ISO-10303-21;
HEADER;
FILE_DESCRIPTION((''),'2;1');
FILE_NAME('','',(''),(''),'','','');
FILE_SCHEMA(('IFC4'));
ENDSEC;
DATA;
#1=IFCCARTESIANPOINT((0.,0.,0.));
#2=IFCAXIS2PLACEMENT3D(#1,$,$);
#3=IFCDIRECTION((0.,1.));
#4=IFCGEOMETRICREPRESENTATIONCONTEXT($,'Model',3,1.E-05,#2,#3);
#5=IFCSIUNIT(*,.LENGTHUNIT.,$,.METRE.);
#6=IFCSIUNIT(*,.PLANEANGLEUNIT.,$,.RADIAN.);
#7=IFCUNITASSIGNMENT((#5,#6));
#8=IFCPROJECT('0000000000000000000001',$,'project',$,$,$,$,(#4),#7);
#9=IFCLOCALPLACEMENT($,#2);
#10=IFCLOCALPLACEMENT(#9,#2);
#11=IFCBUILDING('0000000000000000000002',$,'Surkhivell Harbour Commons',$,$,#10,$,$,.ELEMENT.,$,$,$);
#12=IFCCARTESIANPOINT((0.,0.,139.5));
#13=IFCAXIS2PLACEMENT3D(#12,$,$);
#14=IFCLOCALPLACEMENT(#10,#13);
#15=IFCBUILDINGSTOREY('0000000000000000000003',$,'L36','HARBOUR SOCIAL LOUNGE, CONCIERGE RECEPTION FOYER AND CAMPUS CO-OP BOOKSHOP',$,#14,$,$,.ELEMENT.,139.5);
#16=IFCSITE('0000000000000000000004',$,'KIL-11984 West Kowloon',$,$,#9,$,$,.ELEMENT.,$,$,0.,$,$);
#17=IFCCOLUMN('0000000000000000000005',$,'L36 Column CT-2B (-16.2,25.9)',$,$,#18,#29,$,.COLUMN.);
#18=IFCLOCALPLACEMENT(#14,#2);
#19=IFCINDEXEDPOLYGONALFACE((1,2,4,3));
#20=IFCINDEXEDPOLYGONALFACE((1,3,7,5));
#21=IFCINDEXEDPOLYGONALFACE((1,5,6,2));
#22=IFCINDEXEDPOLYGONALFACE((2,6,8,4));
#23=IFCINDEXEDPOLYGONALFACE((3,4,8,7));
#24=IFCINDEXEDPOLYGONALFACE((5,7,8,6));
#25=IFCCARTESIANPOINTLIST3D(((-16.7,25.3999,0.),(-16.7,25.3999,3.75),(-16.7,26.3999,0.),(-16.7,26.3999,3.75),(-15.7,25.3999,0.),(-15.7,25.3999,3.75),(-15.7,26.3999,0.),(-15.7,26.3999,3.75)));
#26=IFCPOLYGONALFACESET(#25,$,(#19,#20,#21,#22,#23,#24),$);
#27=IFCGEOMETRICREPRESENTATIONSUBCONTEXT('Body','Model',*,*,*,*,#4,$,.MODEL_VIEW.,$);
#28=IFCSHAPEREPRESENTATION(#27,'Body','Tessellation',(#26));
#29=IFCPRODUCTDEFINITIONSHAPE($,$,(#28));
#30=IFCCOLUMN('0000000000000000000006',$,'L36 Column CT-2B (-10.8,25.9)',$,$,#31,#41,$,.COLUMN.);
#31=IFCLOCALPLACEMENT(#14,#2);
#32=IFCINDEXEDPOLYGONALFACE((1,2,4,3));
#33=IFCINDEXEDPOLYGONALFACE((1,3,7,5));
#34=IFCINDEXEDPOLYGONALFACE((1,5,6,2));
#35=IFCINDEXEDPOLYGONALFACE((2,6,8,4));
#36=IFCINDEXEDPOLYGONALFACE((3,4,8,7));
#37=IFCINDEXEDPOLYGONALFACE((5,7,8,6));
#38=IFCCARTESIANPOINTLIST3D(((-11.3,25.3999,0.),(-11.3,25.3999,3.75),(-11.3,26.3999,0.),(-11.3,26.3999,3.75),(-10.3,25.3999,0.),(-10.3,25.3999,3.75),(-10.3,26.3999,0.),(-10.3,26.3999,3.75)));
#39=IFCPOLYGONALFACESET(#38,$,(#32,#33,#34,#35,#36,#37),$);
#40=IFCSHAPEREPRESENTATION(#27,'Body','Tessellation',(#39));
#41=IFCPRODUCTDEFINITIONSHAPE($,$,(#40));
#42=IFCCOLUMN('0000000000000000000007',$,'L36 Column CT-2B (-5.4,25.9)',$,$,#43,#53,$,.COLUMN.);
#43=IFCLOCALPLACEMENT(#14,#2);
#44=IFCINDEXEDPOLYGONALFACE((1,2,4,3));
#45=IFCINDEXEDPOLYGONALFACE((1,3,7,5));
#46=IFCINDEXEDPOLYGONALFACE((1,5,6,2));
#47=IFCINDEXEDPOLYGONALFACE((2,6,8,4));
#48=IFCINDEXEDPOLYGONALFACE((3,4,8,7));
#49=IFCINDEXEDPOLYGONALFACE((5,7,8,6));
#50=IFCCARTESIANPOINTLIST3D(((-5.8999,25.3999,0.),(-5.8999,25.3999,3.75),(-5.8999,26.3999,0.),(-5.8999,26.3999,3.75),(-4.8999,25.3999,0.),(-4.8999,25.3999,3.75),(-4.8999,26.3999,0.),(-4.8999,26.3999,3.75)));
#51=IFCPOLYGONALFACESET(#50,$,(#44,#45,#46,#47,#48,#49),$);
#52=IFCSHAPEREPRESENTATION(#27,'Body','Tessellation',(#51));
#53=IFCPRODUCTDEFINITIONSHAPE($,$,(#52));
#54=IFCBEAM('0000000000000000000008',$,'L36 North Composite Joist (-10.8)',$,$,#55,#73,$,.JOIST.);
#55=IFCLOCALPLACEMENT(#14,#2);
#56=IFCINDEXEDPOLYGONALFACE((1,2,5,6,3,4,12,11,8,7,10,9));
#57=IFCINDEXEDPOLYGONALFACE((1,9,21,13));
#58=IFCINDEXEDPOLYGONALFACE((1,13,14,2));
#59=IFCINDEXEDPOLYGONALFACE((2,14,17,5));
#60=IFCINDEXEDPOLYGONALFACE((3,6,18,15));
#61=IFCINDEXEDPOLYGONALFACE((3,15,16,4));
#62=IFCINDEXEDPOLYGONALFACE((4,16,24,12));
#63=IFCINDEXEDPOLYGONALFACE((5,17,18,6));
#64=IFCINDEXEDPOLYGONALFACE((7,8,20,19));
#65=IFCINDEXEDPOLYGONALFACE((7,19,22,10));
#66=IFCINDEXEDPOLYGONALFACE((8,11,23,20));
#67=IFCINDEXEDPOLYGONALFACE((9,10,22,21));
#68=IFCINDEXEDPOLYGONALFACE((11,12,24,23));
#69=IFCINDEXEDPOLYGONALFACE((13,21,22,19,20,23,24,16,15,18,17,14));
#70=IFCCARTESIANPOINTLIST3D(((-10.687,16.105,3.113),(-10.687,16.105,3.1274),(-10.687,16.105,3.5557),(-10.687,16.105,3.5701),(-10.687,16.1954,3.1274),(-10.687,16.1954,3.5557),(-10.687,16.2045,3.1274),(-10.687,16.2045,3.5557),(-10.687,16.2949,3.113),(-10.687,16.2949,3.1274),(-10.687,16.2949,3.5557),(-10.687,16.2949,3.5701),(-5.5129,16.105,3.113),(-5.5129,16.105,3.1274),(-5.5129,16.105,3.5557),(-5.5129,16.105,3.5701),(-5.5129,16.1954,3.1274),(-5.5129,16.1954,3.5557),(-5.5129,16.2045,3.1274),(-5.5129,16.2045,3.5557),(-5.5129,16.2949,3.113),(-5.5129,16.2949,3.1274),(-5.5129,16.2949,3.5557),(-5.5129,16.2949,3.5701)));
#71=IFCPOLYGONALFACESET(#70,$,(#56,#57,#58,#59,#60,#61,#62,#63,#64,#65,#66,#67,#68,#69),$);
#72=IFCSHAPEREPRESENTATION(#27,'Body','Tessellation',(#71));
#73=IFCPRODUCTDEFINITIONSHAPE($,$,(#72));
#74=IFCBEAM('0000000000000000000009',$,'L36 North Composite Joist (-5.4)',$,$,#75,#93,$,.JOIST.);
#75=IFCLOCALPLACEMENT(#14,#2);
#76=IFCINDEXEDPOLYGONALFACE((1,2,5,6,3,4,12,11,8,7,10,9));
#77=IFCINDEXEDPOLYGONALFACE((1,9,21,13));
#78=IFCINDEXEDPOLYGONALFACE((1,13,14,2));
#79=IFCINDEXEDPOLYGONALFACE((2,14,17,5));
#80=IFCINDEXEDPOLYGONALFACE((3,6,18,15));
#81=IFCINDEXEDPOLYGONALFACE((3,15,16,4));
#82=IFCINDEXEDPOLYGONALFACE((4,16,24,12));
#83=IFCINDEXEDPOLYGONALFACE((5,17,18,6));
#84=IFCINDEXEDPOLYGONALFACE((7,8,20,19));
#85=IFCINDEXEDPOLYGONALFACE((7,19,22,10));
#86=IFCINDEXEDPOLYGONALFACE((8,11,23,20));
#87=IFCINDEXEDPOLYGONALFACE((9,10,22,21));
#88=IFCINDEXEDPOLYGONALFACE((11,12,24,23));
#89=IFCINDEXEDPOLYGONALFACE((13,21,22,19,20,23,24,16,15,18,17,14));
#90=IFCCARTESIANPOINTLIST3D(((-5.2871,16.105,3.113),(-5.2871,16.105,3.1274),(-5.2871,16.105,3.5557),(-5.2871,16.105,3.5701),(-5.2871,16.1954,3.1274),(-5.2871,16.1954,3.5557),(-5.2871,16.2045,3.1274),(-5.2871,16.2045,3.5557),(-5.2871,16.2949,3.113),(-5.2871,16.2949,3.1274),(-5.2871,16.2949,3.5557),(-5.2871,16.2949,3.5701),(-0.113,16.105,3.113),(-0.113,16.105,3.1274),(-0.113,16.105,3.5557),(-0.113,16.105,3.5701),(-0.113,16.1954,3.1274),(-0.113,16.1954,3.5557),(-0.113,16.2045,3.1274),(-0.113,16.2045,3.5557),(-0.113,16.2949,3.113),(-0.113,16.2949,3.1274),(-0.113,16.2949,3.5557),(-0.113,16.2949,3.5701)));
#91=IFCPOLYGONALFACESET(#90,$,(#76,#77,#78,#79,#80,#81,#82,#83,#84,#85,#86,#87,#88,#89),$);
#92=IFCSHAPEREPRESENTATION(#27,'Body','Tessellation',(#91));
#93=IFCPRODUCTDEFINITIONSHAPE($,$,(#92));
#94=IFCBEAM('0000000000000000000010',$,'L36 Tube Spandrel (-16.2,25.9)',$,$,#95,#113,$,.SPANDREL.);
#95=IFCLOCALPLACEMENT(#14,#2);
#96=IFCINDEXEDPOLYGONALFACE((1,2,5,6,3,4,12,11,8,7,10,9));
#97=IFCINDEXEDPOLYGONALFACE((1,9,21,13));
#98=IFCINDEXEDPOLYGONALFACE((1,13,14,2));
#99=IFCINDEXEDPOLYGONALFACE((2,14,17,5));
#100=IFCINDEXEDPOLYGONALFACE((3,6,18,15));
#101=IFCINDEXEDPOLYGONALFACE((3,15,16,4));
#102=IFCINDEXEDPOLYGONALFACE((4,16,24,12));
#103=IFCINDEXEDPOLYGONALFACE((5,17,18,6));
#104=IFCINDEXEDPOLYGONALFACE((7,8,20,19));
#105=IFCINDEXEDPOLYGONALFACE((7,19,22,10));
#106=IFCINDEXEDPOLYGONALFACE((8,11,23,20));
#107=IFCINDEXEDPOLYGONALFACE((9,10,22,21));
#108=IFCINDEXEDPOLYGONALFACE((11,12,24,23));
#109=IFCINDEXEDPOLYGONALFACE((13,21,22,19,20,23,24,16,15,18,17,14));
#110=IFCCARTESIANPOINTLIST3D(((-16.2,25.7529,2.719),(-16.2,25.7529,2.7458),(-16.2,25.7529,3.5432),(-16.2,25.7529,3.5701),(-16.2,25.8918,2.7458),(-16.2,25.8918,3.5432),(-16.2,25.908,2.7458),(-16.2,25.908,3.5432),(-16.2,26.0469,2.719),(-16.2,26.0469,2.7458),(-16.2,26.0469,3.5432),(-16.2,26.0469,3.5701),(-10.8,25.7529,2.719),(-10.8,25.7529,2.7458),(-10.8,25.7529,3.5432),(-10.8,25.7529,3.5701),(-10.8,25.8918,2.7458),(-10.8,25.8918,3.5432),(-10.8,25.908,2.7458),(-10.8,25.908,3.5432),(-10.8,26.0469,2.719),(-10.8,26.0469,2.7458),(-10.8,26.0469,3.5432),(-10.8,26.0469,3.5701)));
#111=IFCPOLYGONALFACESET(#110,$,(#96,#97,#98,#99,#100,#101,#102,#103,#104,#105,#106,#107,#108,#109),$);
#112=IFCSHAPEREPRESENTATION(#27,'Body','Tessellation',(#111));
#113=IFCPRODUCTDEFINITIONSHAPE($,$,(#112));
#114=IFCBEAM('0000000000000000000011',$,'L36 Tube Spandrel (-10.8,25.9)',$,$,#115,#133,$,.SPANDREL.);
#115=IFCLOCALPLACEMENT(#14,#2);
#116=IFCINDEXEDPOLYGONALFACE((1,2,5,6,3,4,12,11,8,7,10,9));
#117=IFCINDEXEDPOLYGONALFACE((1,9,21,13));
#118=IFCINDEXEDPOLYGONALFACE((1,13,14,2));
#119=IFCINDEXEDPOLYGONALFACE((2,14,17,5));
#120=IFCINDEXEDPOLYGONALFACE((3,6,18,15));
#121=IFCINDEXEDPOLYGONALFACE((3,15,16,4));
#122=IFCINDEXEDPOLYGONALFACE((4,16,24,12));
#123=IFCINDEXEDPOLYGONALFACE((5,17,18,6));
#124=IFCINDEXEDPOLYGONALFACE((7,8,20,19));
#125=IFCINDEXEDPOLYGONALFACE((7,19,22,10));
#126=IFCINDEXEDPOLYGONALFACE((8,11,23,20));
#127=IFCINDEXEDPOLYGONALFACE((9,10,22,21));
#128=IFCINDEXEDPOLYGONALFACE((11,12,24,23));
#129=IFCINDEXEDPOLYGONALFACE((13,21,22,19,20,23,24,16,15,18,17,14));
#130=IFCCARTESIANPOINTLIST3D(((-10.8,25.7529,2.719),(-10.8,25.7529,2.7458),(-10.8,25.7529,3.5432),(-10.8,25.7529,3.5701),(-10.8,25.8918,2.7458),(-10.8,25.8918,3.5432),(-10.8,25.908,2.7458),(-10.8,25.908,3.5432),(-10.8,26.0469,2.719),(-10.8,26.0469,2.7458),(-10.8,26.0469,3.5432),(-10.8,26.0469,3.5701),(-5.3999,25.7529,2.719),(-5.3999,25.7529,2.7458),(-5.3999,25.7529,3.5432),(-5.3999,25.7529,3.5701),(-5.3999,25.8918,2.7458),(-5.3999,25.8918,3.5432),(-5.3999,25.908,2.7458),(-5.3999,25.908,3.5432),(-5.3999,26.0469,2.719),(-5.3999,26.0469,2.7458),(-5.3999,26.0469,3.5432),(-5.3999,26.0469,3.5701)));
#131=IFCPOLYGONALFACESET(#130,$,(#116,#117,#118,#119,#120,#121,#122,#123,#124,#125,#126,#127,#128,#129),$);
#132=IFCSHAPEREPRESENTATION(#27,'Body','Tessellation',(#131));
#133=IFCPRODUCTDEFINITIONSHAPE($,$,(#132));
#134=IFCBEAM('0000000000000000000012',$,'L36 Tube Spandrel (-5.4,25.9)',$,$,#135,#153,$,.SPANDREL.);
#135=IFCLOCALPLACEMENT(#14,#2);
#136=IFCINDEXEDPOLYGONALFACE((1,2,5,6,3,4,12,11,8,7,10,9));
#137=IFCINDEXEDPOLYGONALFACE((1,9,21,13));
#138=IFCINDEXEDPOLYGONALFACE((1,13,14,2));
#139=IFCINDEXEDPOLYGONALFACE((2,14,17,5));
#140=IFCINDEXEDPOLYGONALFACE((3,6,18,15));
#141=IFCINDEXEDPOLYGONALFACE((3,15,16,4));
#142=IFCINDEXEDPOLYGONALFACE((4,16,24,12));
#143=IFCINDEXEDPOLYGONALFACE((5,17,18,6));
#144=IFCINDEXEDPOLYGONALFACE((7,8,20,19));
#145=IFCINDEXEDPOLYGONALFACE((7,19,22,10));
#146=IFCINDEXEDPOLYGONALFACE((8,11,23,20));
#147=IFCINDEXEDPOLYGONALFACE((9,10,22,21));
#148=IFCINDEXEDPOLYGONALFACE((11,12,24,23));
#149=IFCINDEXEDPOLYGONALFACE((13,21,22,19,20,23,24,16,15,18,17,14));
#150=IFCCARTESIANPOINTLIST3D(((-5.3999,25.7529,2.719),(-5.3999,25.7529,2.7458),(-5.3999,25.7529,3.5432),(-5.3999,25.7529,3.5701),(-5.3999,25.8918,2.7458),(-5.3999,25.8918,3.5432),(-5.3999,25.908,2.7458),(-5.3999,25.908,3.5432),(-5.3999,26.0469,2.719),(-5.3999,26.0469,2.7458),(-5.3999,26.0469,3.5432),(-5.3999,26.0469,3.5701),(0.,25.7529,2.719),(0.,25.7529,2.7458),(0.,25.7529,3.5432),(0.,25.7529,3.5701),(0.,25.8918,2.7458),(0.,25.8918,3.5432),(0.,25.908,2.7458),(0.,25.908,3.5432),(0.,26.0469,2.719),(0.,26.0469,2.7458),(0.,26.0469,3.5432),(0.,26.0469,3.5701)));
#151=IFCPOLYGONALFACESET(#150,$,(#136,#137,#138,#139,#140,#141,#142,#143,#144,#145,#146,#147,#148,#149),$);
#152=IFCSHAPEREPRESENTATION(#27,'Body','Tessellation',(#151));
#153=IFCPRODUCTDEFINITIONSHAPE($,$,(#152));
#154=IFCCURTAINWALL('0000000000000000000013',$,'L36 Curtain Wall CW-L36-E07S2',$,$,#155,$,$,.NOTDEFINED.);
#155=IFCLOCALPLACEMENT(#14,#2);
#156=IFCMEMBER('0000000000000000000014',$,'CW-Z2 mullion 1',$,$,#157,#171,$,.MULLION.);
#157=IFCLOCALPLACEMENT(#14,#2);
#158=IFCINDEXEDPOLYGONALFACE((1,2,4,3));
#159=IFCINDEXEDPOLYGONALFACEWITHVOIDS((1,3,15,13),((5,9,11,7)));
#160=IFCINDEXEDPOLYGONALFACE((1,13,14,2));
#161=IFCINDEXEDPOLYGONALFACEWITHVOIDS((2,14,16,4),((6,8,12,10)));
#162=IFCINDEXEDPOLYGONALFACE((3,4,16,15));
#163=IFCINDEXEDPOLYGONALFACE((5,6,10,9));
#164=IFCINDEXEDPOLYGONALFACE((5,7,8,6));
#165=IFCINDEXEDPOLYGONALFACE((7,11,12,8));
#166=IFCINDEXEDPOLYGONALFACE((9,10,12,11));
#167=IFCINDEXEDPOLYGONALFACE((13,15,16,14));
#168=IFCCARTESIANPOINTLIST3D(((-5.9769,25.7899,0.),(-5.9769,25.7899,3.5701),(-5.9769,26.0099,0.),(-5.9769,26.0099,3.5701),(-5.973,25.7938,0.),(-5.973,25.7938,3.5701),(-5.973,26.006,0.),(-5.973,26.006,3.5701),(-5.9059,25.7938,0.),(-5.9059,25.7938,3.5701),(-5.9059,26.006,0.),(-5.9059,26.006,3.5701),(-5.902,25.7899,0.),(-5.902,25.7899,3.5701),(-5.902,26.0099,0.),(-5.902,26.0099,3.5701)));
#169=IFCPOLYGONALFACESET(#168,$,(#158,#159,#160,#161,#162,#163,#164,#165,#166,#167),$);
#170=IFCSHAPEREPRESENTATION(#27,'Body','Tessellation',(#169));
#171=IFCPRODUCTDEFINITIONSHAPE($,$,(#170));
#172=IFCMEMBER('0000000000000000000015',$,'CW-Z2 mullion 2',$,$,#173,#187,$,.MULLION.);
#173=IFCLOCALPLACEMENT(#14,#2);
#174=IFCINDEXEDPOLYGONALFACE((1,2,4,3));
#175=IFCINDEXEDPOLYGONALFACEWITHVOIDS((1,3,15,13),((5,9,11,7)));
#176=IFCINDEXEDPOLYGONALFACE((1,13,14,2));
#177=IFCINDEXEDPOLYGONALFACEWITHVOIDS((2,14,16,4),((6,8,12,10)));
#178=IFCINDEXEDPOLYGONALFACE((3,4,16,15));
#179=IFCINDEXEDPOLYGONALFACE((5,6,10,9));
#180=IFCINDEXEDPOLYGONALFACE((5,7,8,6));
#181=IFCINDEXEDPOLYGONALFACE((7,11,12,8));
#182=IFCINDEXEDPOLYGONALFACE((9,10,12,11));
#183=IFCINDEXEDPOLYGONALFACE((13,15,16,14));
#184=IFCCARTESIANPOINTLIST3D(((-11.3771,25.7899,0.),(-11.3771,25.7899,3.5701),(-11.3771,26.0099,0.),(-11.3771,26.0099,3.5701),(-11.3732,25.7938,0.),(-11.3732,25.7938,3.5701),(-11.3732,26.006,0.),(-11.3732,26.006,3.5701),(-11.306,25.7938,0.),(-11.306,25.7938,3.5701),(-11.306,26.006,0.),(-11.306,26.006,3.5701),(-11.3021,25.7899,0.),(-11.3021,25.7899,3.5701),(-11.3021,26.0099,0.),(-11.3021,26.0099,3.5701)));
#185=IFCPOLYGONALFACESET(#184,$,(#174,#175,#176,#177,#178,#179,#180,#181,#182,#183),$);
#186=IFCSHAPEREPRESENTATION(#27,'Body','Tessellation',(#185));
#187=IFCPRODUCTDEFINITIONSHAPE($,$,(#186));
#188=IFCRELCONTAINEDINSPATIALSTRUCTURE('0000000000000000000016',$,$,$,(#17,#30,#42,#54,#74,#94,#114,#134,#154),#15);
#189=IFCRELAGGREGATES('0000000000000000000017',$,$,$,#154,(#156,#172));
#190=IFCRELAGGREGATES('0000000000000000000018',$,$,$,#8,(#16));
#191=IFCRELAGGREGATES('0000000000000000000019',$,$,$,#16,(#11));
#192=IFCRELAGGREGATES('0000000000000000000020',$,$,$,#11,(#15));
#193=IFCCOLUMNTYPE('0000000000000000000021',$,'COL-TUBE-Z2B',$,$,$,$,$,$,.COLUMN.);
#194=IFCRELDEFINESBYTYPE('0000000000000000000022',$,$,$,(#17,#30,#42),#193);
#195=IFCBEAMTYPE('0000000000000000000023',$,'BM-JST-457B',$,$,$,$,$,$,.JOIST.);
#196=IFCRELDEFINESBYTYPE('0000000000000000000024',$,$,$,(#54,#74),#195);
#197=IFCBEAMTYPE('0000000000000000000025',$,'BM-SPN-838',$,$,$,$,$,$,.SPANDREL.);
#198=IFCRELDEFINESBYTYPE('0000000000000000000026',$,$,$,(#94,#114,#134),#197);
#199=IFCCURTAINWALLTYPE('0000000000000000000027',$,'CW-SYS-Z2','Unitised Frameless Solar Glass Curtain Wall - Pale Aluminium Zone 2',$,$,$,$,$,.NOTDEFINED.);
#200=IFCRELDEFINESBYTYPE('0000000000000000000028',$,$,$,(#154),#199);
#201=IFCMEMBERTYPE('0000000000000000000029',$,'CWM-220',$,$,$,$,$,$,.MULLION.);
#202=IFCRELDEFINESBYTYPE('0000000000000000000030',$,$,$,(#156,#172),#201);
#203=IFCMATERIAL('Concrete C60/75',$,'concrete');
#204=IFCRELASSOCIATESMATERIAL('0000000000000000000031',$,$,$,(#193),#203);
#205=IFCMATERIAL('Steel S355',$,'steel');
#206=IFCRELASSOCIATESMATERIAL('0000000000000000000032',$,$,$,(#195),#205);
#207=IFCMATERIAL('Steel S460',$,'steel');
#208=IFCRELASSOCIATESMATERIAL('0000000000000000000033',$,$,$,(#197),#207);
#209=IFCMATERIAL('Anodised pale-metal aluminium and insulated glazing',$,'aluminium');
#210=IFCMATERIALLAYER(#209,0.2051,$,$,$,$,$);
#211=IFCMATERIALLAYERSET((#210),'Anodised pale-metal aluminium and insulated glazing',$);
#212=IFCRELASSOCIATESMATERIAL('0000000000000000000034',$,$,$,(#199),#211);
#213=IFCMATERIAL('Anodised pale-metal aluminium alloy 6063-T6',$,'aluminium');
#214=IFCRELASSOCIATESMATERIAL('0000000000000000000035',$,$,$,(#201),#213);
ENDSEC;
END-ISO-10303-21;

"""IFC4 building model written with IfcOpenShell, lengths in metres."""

from ifc_helpers import new_model, si_unit, direction, frame, origin, origin_2d, place, context, subcontext, project, spatial, rectangle, hollow_rectangle, i_section, extrude, material, layer, layer_set, material_profile, profile_set, type_object, element, aggregate, save


model = new_model("IFC4")

# Units and contexts
model_context = context("Model", 3, precision=1e-05, world=origin(), true_north=direction((0.0, 1.0)))
body_context = subcontext(model_context, "Body", "Model", "MODEL_VIEW")
ifc_project = project(units=[si_unit("LENGTHUNIT", "METRE"), si_unit("PLANEANGLEUNIT", "RADIAN")], contexts=[model_context])

# Site, building, storey
site_placement = place(None, origin())
site = spatial("IfcSite", under=ifc_project, at=site_placement, Name="KIL-11984 West Kowloon", CompositionType="ELEMENT", RefElevation=0.0)
building_placement = place(site_placement, origin())
building = spatial("IfcBuilding", under=site, at=building_placement, Name="Surkhivell Harbour Commons", CompositionType="ELEMENT")
storey_placement = place(building_placement, frame((0.0, 0.0, 139.5)))
storey = spatial("IfcBuildingStorey", under=building, at=storey_placement, Name="L36", Description="HARBOUR SOCIAL LOUNGE, CONCIERGE RECEPTION FOYER AND CAMPUS CO-OP BOOKSHOP", CompositionType="ELEMENT", Elevation=139.5)

# Columns
ifc_material_1 = material(Name="Concrete C60/75", Category="concrete")
ifc_material_profile_1 = material_profile(ifc_material_1, rectangle(XDim=1.0, YDim=1.0, at=origin_2d()), Name="RC-COL-1000x1000")
ifc_profile_set_1 = profile_set([ifc_material_profile_1], Name="Concrete C60/75")
column_type = type_object("IfcColumnType", Name="COL-TUBE-Z2B", PredefinedType="COLUMN", material=ifc_profile_set_1)
for number, where, z_axis, x_axis, name in (
    (1, (-16.2, 25.8999, 0.0), (0.0, 0.0, 1.0), (1.0, 0.0, 0.0), "L36 Column CT-2B (-16.2,25.9)"),
    (2, (-10.8, 25.8999, 0.0), (0.0, 0.0, 1.0), (1.0, 0.0, 0.0), "L36 Column CT-2B (-10.8,25.9)"),
    (3, (-5.3999, 25.8999, 0.0), (0.0, 0.0, 1.0), (1.0, 0.0, 0.0), "L36 Column CT-2B (-5.4,25.9)"),
):
    element("IfcColumn", number, at=place(storey_placement, frame(where, z_axis=z_axis, x_axis=x_axis)), inside=storey, type_object=column_type, Name=name, PredefinedType="COLUMN", context=body_context, shape_type="SweptSolid", body=[
        extrude(rectangle(XDim=1.0, YDim=1.0, at=origin_2d()), origin(), (0.0, 0.0, 1.0), 3.75),
    ])

# Beams
ifc_material_2 = material(Name="Steel S355", Category="steel")
ifc_material_profile_2 = material_profile(ifc_material_2, i_section(OverallWidth=0.1899, OverallDepth=0.457, WebThickness=0.009, FlangeThickness=0.0144, at=origin_2d()), Name="UB457x191x74")
ifc_profile_set_2 = profile_set([ifc_material_profile_2], Name="Steel S355")
beam_type_1 = type_object("IfcBeamType", Name="BM-JST-457B", PredefinedType="JOIST", material=ifc_profile_set_2)
for number, where, z_axis, x_axis, name in (
    (4, (-10.687, 16.2, 3.3416), (1.0, 0.0, 0.0), (0.0, 1.0, 0.0), "L36 North Composite Joist (-10.8)"),
    (5, (-5.2871, 16.2, 3.3416), (1.0, 0.0, 0.0), (0.0, 1.0, 0.0), "L36 North Composite Joist (-5.4)"),
):
    element("IfcBeam", number, at=place(storey_placement, frame(where, z_axis=z_axis, x_axis=x_axis)), inside=storey, type_object=beam_type_1, Name=name, PredefinedType="JOIST", context=body_context, shape_type="SweptSolid", body=[
        extrude(i_section(OverallWidth=0.1899, OverallDepth=0.457, WebThickness=0.009, FlangeThickness=0.0144, at=origin_2d()), origin(), (0.0, 0.0, 1.0), 5.1741),
    ])
ifc_material_3 = material(Name="Steel S460", Category="steel")
ifc_material_profile_3 = material_profile(ifc_material_3, i_section(OverallWidth=0.2939, OverallDepth=0.8511, WebThickness=0.0161, FlangeThickness=0.0269, at=origin_2d()), Name="UB838x292x226")
ifc_profile_set_3 = profile_set([ifc_material_profile_3], Name="Steel S460")
beam_type_2 = type_object("IfcBeamType", Name="BM-SPN-838", PredefinedType="SPANDREL", material=ifc_profile_set_3)
beam_1_placement = place(storey_placement, frame((-16.2, 25.8999, 3.1445), z_axis=(1.0, 0.0, 0.0), x_axis=(0.0, 1.0, 0.0)))
element("IfcBeam", 6, at=beam_1_placement, inside=storey, type_object=beam_type_2, Name="L36 Tube Spandrel (-16.2,25.9)", PredefinedType="SPANDREL", context=body_context, shape_type="SweptSolid", body=[
    extrude(i_section(OverallWidth=0.2939, OverallDepth=0.8511, WebThickness=0.0161, FlangeThickness=0.0269, at=origin_2d()), origin(), (0.0, 0.0, 1.0), 5.3999),
])
beam_2_placement = place(storey_placement, frame((-10.8, 25.8999, 3.1445), z_axis=(1.0, 0.0, 0.0), x_axis=(0.0, 1.0, 0.0)))
element("IfcBeam", 7, at=beam_2_placement, inside=storey, type_object=beam_type_2, Name="L36 Tube Spandrel (-10.8,25.9)", PredefinedType="SPANDREL", context=body_context, shape_type="SweptSolid", body=[
    extrude(i_section(OverallWidth=0.2939, OverallDepth=0.8511, WebThickness=0.0161, FlangeThickness=0.0269, at=origin_2d()), origin(), (0.0, 0.0, 1.0), 5.4001),
])
beam_3_placement = place(storey_placement, frame((-5.3999, 25.8999, 3.1445), z_axis=(1.0, 0.0, 0.0), x_axis=(0.0, 1.0, 0.0)))
element("IfcBeam", 8, at=beam_3_placement, inside=storey, type_object=beam_type_2, Name="L36 Tube Spandrel (-5.4,25.9)", PredefinedType="SPANDREL", context=body_context, shape_type="SweptSolid", body=[
    extrude(i_section(OverallWidth=0.2939, OverallDepth=0.8511, WebThickness=0.0161, FlangeThickness=0.0269, at=origin_2d()), origin(), (0.0, 0.0, 1.0), 5.3999),
])

# Curtain wall, members
ifc_material_4 = material(Name="Anodised pale-metal aluminium and insulated glazing", Category="aluminium")
ifc_layer_1 = layer(ifc_material_4, 0.2051)
ifc_layer_set_1 = layer_set([ifc_layer_1], Name="Anodised pale-metal aluminium and insulated glazing")
curtain_wall_type = type_object("IfcCurtainWallType", Name="CW-SYS-Z2", Description="Unitised Frameless Solar Glass Curtain Wall - Pale Aluminium Zone 2", PredefinedType="NOTDEFINED", material=ifc_layer_set_1)
curtain_wall_placement = place(storey_placement, origin())
curtain_wall = element("IfcCurtainWall", 9, at=curtain_wall_placement, inside=storey, type_object=curtain_wall_type, Name="L36 Curtain Wall CW-L36-E07S2", PredefinedType="NOTDEFINED")
ifc_material_5 = material(Name="Anodised pale-metal aluminium alloy 6063-T6", Category="aluminium")
ifc_material_profile_4 = material_profile(ifc_material_5, hollow_rectangle(XDim=0.075, YDim=0.22, WallThickness=0.0039, at=origin_2d()), Name="ALU-MULL-75x220")
ifc_profile_set_4 = profile_set([ifc_material_profile_4], Name="Anodised pale-metal aluminium alloy 6063-T6")
member_type_1 = type_object("IfcMemberType", Name="CWM-220", PredefinedType="MULLION", material=ifc_profile_set_4)
member_1_placement = place(storey_placement, frame((-5.9395, 25.8999, 0.0), z_axis=(0.0, 0.0, 1.0), x_axis=(-1.0, 0.0, 0.0)))
member_1 = element("IfcMember", 10, at=member_1_placement, type_object=member_type_1, Name="CW-Z2 mullion 1", PredefinedType="MULLION", context=body_context, shape_type="SweptSolid", body=[
    extrude(hollow_rectangle(XDim=0.075, YDim=0.22, WallThickness=0.0039, at=origin_2d()), origin(), (0.0, 0.0, 1.0), 3.5701),
])
member_2_placement = place(storey_placement, frame((-11.3396, 25.8999, 0.0), z_axis=(0.0, 0.0, 1.0), x_axis=(-1.0, 0.0, 0.0)))
member_2 = element("IfcMember", 11, at=member_2_placement, type_object=member_type_1, Name="CW-Z2 mullion 2", PredefinedType="MULLION", context=body_context, shape_type="SweptSolid", body=[
    extrude(hollow_rectangle(XDim=0.075, YDim=0.22, WallThickness=0.0039, at=origin_2d()), origin(), (0.0, 0.0, 1.0), 3.5701),
])

aggregate(curtain_wall, [member_1, member_2])

save(model, "model.ifc")
